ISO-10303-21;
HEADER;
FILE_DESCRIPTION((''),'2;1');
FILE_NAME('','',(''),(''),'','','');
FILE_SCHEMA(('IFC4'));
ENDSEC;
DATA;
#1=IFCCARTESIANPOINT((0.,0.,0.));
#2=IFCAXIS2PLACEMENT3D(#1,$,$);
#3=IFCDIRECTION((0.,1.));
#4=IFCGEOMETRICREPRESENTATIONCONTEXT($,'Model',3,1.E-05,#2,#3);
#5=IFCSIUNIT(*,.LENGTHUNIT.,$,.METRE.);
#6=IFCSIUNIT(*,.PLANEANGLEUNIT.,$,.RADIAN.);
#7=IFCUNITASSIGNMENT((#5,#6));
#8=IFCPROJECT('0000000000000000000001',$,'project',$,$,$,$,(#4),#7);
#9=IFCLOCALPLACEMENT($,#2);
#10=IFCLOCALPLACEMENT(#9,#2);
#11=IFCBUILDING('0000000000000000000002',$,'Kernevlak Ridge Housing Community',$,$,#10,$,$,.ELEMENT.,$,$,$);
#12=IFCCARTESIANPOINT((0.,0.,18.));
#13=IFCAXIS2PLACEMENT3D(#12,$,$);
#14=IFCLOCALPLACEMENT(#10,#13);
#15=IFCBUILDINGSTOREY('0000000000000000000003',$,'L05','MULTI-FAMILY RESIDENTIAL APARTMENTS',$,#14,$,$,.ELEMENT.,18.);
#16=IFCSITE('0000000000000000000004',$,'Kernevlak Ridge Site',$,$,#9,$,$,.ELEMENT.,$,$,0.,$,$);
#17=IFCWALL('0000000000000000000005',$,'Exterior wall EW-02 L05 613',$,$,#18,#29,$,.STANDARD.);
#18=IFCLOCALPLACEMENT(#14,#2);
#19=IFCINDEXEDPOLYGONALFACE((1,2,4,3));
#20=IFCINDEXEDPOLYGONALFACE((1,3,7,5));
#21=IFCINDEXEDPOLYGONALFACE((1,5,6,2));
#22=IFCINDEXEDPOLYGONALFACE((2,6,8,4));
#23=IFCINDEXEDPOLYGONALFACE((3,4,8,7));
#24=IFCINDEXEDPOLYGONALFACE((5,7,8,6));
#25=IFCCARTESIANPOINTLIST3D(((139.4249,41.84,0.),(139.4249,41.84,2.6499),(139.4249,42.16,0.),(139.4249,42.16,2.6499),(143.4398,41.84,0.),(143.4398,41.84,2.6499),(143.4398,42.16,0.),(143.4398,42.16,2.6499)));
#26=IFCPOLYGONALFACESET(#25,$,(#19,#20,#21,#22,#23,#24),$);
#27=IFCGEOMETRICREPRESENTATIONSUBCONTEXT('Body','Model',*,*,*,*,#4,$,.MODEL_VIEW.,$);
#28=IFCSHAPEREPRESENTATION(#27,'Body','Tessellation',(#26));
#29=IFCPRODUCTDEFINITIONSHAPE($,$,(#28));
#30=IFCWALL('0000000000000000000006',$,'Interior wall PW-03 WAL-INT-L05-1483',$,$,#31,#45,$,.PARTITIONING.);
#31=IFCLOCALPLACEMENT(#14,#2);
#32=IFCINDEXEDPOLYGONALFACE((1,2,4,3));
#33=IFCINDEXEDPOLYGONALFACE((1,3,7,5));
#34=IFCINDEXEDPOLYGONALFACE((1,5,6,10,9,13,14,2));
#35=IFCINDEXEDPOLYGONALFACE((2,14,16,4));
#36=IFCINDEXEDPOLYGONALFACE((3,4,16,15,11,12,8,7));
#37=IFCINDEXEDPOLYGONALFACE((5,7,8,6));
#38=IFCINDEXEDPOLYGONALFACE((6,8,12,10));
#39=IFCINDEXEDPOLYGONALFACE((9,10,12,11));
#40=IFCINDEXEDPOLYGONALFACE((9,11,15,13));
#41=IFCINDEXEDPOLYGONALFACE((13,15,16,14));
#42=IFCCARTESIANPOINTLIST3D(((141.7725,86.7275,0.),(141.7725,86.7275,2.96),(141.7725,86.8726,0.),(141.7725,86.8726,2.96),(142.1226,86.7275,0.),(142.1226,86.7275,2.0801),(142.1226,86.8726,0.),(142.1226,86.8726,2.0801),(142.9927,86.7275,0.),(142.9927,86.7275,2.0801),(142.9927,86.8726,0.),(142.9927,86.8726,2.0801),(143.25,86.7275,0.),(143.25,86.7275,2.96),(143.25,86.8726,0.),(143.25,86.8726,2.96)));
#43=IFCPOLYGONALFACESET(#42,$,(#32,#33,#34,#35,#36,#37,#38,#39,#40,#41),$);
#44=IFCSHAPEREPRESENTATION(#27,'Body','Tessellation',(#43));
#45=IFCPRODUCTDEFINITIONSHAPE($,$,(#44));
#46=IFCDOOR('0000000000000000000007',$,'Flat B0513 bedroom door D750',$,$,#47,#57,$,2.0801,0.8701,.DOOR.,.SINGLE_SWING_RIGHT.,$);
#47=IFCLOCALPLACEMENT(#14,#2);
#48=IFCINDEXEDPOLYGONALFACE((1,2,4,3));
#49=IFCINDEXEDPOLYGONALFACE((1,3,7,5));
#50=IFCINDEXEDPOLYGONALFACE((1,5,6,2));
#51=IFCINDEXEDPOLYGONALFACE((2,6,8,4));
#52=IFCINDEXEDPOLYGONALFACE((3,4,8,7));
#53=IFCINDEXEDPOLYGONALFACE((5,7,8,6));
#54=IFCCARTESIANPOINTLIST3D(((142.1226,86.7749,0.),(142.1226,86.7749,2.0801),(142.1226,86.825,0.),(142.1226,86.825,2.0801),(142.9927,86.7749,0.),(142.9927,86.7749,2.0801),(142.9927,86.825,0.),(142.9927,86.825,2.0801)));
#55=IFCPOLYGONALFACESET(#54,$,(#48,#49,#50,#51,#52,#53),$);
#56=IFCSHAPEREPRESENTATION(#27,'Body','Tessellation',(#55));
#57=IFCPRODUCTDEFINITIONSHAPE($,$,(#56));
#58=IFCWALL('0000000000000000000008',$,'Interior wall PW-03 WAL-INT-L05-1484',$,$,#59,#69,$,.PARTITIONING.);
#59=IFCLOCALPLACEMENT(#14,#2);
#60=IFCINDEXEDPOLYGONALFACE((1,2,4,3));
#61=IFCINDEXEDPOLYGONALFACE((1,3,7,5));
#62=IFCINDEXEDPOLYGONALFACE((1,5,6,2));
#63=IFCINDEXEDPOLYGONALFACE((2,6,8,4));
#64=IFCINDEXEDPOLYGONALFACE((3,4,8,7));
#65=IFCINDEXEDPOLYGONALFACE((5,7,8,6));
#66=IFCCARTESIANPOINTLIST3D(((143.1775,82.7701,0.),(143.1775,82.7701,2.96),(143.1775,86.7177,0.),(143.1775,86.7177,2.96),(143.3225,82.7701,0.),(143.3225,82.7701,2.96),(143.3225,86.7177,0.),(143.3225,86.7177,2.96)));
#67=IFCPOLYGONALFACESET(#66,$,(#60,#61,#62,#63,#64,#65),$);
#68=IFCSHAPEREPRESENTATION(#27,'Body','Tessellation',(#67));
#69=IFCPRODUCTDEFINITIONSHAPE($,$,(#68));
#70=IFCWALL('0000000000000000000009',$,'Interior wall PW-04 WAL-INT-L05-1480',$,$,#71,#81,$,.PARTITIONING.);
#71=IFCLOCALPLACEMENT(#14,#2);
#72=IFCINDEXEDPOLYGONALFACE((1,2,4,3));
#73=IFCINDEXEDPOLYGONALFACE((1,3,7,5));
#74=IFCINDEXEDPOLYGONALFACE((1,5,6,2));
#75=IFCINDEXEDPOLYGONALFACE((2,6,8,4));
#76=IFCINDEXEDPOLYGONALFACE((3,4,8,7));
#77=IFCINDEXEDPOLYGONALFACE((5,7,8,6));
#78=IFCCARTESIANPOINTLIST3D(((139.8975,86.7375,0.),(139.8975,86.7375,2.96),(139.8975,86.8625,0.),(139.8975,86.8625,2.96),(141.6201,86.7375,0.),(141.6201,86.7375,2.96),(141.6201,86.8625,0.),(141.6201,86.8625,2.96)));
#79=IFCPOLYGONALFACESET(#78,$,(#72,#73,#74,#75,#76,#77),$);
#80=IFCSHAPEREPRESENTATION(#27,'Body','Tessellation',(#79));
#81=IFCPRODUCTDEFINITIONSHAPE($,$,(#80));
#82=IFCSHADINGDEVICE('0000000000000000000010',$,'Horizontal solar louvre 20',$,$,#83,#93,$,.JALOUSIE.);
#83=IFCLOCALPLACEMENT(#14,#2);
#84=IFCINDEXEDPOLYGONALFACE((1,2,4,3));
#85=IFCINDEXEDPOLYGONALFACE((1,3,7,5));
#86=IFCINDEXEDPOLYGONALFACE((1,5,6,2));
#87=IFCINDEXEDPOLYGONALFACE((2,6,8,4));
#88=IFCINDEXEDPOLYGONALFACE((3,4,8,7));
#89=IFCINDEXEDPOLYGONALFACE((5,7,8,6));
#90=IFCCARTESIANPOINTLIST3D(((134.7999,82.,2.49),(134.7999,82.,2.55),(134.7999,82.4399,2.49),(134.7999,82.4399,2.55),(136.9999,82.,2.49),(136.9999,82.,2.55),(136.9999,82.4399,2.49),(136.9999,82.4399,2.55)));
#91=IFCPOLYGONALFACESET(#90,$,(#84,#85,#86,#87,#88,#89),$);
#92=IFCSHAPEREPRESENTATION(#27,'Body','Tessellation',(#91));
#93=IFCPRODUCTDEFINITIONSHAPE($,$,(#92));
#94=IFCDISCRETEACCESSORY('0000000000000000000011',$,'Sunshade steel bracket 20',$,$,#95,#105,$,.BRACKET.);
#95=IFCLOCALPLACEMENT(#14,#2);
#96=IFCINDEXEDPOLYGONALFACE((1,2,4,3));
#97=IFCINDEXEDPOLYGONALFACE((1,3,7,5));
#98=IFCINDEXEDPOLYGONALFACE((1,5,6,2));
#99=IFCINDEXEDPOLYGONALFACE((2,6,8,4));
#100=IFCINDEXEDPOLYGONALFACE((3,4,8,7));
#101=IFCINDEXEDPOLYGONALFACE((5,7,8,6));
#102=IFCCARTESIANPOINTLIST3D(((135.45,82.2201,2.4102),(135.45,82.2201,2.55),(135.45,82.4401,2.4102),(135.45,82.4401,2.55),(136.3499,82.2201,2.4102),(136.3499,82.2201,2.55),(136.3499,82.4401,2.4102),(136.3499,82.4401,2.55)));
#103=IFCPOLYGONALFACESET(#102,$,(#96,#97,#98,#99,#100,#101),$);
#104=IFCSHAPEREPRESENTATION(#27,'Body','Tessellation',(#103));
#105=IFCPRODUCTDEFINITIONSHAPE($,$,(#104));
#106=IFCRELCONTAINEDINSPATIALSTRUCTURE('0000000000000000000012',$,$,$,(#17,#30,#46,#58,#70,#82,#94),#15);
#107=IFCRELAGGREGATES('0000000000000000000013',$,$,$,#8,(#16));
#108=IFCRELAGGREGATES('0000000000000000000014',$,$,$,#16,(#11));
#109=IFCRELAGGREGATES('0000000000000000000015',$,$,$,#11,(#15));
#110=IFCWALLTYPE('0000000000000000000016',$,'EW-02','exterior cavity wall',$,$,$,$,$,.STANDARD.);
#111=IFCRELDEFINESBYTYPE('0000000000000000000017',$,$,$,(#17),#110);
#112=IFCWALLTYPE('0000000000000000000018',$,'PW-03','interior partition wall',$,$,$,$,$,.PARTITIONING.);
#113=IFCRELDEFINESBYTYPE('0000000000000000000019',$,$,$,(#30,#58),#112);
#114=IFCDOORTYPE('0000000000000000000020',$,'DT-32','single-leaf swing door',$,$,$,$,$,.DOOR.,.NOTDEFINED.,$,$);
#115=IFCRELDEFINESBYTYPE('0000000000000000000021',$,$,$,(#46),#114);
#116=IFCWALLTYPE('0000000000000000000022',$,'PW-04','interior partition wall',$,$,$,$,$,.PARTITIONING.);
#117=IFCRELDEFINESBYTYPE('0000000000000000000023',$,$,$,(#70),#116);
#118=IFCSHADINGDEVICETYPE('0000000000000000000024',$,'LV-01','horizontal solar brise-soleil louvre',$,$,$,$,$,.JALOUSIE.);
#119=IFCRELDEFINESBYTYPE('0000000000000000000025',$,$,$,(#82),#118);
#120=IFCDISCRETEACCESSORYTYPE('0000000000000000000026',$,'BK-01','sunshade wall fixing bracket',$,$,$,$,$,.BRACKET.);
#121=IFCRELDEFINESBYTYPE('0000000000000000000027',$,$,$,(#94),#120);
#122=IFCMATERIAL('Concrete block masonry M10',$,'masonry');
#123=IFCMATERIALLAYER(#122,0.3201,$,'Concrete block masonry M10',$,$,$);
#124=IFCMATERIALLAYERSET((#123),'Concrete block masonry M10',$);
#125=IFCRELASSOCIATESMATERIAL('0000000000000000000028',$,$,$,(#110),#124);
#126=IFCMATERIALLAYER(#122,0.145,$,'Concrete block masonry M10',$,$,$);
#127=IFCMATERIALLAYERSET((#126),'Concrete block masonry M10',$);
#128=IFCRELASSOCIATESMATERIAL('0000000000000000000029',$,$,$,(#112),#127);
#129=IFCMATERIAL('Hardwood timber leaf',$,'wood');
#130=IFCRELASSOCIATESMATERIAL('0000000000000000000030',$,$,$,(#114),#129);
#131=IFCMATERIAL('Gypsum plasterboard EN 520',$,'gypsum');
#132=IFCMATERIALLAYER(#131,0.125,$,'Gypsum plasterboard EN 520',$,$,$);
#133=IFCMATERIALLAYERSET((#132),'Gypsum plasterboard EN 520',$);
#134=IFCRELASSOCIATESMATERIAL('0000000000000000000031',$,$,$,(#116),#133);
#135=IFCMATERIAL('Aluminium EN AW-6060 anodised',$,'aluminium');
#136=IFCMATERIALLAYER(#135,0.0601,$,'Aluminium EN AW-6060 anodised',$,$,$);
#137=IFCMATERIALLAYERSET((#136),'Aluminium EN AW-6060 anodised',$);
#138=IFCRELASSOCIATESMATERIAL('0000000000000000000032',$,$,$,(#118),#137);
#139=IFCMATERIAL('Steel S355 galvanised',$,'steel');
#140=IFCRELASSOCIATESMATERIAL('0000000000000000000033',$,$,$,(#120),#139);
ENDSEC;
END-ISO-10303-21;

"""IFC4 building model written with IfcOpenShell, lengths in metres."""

from ifc_helpers import new_model, si_unit, direction, frame, frame_2d, origin, origin_2d, place, context, subcontext, project, spatial, rectangle, extrude, material, layer, layer_set, type_object, element, fill, save


model = new_model("IFC4")

# Units and contexts
model_context = context("Model", 3, precision=1e-05, world=origin(), true_north=direction((0.0, 1.0)))
body_context = subcontext(model_context, "Body", "Model", "MODEL_VIEW")
ifc_project = project(units=[si_unit("LENGTHUNIT", "METRE"), si_unit("PLANEANGLEUNIT", "RADIAN")], contexts=[model_context])

# Site, building, storey
site_placement = place(None, origin())
site = spatial("IfcSite", under=ifc_project, at=site_placement, Name="Kernevlak Ridge Site", CompositionType="ELEMENT", RefElevation=0.0)
building_placement = place(site_placement, origin())
building = spatial("IfcBuilding", under=site, at=building_placement, Name="Kernevlak Ridge Housing Community", CompositionType="ELEMENT")
storey_placement = place(building_placement, frame((0.0, 0.0, 18.0)))
storey = spatial("IfcBuildingStorey", under=building, at=storey_placement, Name="L05", Description="MULTI-FAMILY RESIDENTIAL APARTMENTS", CompositionType="ELEMENT", Elevation=18.0)

# Shared definitions
ifc_material_1 = material(Name="Aluminium EN AW-6060 anodised", Category="aluminium")

# Shared definitions
ifc_material_2 = material(Name="Concrete block masonry M10", Category="masonry")
ifc_layer_1 = layer(ifc_material_2, 0.3201, Name="Concrete block masonry M10")
ifc_layer_set_1 = layer_set([ifc_layer_1], Name="Concrete block masonry M10")
wall_type_1 = type_object("IfcWallType", Name="EW-02", Description="exterior cavity wall", PredefinedType="STANDARD", material=ifc_layer_set_1)

# Wall
wall_1_placement = place(storey_placement, frame((139.425, 42.0, 0.0), z_axis=(0.0, 0.0, 1.0), x_axis=(1.0, 0.0, 0.0)))
element("IfcWall", 1, at=wall_1_placement, inside=storey, type_object=wall_type_1, Name="Exterior wall EW-02 L05 613", PredefinedType="STANDARD", context=body_context, shape_type="SweptSolid", body=[
    extrude(rectangle(XDim=4.0149, YDim=0.3201, at=frame_2d((2.0073, 0.0))), origin(), (0.0, 0.0, 1.0), 2.6499),
])

# Wall, opening, door
ifc_layer_2 = layer(ifc_material_2, 0.145, Name="Concrete block masonry M10")
ifc_layer_set_2 = layer_set([ifc_layer_2], Name="Concrete block masonry M10")
wall_type_2 = type_object("IfcWallType", Name="PW-03", Description="interior partition wall", PredefinedType="PARTITIONING", material=ifc_layer_set_2)
wall_2_placement = place(storey_placement, frame((141.7725, 86.8, 0.0), z_axis=(0.0, 0.0, 1.0), x_axis=(1.0, 0.0, 0.0)))
wall_2 = element("IfcWall", 2, at=wall_2_placement, inside=storey, type_object=wall_type_2, Name="Interior wall PW-03 WAL-INT-L05-1483", PredefinedType="PARTITIONING", context=body_context, shape_type="SweptSolid", body=[
    extrude(rectangle(XDim=1.4775, YDim=0.145, at=frame_2d((0.7388, 0.0))), origin(), (0.0, 0.0, 1.0), 2.96),
])
opening_1_placement = place(wall_2_placement, frame((0.3501, 0.0, 0.0)))
opening_1 = element("IfcOpeningElement", 3, at=opening_1_placement, cuts=wall_2, PredefinedType="OPENING", context=body_context, shape_type="SweptSolid", body=[
    extrude(rectangle(XDim=0.8701, YDim=2.0801, at=frame_2d((0.4351, 1.04))), frame((0.0, 0.0825, 0.0), z_axis=(0.0, -1.0, 0.0), x_axis=(1.0, 0.0, 0.0)), (0.0, 0.0, 1.0), 0.165),
])
ifc_material_3 = material(Name="Hardwood timber leaf", Category="wood")
door_type = type_object("IfcDoorType", Name="DT-32", Description="single-leaf swing door", OperationType="NOTDEFINED", PredefinedType="DOOR", material=ifc_material_3)
door_placement = place(opening_1_placement, origin())
door = element("IfcDoor", 4, at=door_placement, inside=storey, type_object=door_type, Name="Flat B0513 bedroom door D750", OperationType="SINGLE_SWING_RIGHT", OverallHeight=2.0801, OverallWidth=0.8701, PredefinedType="DOOR", context=body_context, shape_type="SweptSolid", body=[
    extrude(rectangle(XDim=0.8701, YDim=2.0801, at=frame_2d((0.4351, 1.04))), frame((0.0, 0.0249, 0.0), z_axis=(0.0, -1.0, 0.0), x_axis=(1.0, 0.0, 0.0)), (0.0, 0.0, 1.0), 0.05),
])
fill(opening_1, door)

# Walls
wall_3_placement = place(storey_placement, frame((143.25, 86.7175, 0.0), z_axis=(0.0, 0.0, 1.0), x_axis=(0.0, -1.0, 0.0)))
element("IfcWall", 5, at=wall_3_placement, inside=storey, type_object=wall_type_2, Name="Interior wall PW-03 WAL-INT-L05-1484", PredefinedType="PARTITIONING", context=body_context, shape_type="SweptSolid", body=[
    extrude(rectangle(XDim=3.9475, YDim=0.145, at=frame_2d((1.9736, 0.0))), origin(), (0.0, 0.0, 1.0), 2.96),
])
ifc_material_4 = material(Name="Gypsum plasterboard EN 520", Category="gypsum")
ifc_layer_3 = layer(ifc_material_4, 0.125, Name="Gypsum plasterboard EN 520")
ifc_layer_set_3 = layer_set([ifc_layer_3], Name="Gypsum plasterboard EN 520")
wall_type_3 = type_object("IfcWallType", Name="PW-04", Description="interior partition wall", PredefinedType="PARTITIONING", material=ifc_layer_set_3)
wall_4_placement = place(storey_placement, frame((139.8975, 86.8, 0.0), z_axis=(0.0, 0.0, 1.0), x_axis=(1.0, 0.0, 0.0)))
element("IfcWall", 6, at=wall_4_placement, inside=storey, type_object=wall_type_3, Name="Interior wall PW-04 WAL-INT-L05-1480", PredefinedType="PARTITIONING", context=body_context, shape_type="SweptSolid", body=[
    extrude(rectangle(XDim=1.7227, YDim=0.125, at=frame_2d((0.8613, 0.0))), origin(), (0.0, 0.0, 1.0), 2.96),
])

# Shading device
ifc_layer_4 = layer(ifc_material_1, 0.0601, Name="Aluminium EN AW-6060 anodised")
ifc_layer_set_4 = layer_set([ifc_layer_4], Name="Aluminium EN AW-6060 anodised")
shading_device_type = type_object("IfcShadingDeviceType", Name="LV-01", Description="horizontal solar brise-soleil louvre", PredefinedType="JALOUSIE", material=ifc_layer_set_4)
shading_device_placement = place(storey_placement, frame((135.8999, 82.22, 2.49), z_axis=(0.0, 0.0, 1.0), x_axis=(1.0, 0.0, 0.0)))
element("IfcShadingDevice", 7, at=shading_device_placement, inside=storey, type_object=shading_device_type, Name="Horizontal solar louvre 20", PredefinedType="JALOUSIE", context=body_context, shape_type="SweptSolid", body=[
    extrude(rectangle(XDim=2.2, YDim=0.4399, at=origin_2d()), origin(), (0.0, 0.0, 1.0), 0.0601),
])

# Discrete accessory
ifc_material_5 = material(Name="Steel S355 galvanised", Category="steel")
discrete_accessory_type = type_object("IfcDiscreteAccessoryType", Name="BK-01", Description="sunshade wall fixing bracket", PredefinedType="BRACKET", material=ifc_material_5)
discrete_accessory_placement = place(storey_placement, frame((135.8999, 82.3301, 2.4102), z_axis=(0.0, 0.0, 1.0), x_axis=(1.0, 0.0, 0.0)))
element("IfcDiscreteAccessory", 8, at=discrete_accessory_placement, inside=storey, type_object=discrete_accessory_type, Name="Sunshade steel bracket 20", PredefinedType="BRACKET", context=body_context, shape_type="SweptSolid", body=[
    extrude(rectangle(XDim=0.8999, YDim=0.22, at=origin_2d()), origin(), (0.0, 0.0, 1.0), 0.1399),
])

save(model, "model.ifc")
